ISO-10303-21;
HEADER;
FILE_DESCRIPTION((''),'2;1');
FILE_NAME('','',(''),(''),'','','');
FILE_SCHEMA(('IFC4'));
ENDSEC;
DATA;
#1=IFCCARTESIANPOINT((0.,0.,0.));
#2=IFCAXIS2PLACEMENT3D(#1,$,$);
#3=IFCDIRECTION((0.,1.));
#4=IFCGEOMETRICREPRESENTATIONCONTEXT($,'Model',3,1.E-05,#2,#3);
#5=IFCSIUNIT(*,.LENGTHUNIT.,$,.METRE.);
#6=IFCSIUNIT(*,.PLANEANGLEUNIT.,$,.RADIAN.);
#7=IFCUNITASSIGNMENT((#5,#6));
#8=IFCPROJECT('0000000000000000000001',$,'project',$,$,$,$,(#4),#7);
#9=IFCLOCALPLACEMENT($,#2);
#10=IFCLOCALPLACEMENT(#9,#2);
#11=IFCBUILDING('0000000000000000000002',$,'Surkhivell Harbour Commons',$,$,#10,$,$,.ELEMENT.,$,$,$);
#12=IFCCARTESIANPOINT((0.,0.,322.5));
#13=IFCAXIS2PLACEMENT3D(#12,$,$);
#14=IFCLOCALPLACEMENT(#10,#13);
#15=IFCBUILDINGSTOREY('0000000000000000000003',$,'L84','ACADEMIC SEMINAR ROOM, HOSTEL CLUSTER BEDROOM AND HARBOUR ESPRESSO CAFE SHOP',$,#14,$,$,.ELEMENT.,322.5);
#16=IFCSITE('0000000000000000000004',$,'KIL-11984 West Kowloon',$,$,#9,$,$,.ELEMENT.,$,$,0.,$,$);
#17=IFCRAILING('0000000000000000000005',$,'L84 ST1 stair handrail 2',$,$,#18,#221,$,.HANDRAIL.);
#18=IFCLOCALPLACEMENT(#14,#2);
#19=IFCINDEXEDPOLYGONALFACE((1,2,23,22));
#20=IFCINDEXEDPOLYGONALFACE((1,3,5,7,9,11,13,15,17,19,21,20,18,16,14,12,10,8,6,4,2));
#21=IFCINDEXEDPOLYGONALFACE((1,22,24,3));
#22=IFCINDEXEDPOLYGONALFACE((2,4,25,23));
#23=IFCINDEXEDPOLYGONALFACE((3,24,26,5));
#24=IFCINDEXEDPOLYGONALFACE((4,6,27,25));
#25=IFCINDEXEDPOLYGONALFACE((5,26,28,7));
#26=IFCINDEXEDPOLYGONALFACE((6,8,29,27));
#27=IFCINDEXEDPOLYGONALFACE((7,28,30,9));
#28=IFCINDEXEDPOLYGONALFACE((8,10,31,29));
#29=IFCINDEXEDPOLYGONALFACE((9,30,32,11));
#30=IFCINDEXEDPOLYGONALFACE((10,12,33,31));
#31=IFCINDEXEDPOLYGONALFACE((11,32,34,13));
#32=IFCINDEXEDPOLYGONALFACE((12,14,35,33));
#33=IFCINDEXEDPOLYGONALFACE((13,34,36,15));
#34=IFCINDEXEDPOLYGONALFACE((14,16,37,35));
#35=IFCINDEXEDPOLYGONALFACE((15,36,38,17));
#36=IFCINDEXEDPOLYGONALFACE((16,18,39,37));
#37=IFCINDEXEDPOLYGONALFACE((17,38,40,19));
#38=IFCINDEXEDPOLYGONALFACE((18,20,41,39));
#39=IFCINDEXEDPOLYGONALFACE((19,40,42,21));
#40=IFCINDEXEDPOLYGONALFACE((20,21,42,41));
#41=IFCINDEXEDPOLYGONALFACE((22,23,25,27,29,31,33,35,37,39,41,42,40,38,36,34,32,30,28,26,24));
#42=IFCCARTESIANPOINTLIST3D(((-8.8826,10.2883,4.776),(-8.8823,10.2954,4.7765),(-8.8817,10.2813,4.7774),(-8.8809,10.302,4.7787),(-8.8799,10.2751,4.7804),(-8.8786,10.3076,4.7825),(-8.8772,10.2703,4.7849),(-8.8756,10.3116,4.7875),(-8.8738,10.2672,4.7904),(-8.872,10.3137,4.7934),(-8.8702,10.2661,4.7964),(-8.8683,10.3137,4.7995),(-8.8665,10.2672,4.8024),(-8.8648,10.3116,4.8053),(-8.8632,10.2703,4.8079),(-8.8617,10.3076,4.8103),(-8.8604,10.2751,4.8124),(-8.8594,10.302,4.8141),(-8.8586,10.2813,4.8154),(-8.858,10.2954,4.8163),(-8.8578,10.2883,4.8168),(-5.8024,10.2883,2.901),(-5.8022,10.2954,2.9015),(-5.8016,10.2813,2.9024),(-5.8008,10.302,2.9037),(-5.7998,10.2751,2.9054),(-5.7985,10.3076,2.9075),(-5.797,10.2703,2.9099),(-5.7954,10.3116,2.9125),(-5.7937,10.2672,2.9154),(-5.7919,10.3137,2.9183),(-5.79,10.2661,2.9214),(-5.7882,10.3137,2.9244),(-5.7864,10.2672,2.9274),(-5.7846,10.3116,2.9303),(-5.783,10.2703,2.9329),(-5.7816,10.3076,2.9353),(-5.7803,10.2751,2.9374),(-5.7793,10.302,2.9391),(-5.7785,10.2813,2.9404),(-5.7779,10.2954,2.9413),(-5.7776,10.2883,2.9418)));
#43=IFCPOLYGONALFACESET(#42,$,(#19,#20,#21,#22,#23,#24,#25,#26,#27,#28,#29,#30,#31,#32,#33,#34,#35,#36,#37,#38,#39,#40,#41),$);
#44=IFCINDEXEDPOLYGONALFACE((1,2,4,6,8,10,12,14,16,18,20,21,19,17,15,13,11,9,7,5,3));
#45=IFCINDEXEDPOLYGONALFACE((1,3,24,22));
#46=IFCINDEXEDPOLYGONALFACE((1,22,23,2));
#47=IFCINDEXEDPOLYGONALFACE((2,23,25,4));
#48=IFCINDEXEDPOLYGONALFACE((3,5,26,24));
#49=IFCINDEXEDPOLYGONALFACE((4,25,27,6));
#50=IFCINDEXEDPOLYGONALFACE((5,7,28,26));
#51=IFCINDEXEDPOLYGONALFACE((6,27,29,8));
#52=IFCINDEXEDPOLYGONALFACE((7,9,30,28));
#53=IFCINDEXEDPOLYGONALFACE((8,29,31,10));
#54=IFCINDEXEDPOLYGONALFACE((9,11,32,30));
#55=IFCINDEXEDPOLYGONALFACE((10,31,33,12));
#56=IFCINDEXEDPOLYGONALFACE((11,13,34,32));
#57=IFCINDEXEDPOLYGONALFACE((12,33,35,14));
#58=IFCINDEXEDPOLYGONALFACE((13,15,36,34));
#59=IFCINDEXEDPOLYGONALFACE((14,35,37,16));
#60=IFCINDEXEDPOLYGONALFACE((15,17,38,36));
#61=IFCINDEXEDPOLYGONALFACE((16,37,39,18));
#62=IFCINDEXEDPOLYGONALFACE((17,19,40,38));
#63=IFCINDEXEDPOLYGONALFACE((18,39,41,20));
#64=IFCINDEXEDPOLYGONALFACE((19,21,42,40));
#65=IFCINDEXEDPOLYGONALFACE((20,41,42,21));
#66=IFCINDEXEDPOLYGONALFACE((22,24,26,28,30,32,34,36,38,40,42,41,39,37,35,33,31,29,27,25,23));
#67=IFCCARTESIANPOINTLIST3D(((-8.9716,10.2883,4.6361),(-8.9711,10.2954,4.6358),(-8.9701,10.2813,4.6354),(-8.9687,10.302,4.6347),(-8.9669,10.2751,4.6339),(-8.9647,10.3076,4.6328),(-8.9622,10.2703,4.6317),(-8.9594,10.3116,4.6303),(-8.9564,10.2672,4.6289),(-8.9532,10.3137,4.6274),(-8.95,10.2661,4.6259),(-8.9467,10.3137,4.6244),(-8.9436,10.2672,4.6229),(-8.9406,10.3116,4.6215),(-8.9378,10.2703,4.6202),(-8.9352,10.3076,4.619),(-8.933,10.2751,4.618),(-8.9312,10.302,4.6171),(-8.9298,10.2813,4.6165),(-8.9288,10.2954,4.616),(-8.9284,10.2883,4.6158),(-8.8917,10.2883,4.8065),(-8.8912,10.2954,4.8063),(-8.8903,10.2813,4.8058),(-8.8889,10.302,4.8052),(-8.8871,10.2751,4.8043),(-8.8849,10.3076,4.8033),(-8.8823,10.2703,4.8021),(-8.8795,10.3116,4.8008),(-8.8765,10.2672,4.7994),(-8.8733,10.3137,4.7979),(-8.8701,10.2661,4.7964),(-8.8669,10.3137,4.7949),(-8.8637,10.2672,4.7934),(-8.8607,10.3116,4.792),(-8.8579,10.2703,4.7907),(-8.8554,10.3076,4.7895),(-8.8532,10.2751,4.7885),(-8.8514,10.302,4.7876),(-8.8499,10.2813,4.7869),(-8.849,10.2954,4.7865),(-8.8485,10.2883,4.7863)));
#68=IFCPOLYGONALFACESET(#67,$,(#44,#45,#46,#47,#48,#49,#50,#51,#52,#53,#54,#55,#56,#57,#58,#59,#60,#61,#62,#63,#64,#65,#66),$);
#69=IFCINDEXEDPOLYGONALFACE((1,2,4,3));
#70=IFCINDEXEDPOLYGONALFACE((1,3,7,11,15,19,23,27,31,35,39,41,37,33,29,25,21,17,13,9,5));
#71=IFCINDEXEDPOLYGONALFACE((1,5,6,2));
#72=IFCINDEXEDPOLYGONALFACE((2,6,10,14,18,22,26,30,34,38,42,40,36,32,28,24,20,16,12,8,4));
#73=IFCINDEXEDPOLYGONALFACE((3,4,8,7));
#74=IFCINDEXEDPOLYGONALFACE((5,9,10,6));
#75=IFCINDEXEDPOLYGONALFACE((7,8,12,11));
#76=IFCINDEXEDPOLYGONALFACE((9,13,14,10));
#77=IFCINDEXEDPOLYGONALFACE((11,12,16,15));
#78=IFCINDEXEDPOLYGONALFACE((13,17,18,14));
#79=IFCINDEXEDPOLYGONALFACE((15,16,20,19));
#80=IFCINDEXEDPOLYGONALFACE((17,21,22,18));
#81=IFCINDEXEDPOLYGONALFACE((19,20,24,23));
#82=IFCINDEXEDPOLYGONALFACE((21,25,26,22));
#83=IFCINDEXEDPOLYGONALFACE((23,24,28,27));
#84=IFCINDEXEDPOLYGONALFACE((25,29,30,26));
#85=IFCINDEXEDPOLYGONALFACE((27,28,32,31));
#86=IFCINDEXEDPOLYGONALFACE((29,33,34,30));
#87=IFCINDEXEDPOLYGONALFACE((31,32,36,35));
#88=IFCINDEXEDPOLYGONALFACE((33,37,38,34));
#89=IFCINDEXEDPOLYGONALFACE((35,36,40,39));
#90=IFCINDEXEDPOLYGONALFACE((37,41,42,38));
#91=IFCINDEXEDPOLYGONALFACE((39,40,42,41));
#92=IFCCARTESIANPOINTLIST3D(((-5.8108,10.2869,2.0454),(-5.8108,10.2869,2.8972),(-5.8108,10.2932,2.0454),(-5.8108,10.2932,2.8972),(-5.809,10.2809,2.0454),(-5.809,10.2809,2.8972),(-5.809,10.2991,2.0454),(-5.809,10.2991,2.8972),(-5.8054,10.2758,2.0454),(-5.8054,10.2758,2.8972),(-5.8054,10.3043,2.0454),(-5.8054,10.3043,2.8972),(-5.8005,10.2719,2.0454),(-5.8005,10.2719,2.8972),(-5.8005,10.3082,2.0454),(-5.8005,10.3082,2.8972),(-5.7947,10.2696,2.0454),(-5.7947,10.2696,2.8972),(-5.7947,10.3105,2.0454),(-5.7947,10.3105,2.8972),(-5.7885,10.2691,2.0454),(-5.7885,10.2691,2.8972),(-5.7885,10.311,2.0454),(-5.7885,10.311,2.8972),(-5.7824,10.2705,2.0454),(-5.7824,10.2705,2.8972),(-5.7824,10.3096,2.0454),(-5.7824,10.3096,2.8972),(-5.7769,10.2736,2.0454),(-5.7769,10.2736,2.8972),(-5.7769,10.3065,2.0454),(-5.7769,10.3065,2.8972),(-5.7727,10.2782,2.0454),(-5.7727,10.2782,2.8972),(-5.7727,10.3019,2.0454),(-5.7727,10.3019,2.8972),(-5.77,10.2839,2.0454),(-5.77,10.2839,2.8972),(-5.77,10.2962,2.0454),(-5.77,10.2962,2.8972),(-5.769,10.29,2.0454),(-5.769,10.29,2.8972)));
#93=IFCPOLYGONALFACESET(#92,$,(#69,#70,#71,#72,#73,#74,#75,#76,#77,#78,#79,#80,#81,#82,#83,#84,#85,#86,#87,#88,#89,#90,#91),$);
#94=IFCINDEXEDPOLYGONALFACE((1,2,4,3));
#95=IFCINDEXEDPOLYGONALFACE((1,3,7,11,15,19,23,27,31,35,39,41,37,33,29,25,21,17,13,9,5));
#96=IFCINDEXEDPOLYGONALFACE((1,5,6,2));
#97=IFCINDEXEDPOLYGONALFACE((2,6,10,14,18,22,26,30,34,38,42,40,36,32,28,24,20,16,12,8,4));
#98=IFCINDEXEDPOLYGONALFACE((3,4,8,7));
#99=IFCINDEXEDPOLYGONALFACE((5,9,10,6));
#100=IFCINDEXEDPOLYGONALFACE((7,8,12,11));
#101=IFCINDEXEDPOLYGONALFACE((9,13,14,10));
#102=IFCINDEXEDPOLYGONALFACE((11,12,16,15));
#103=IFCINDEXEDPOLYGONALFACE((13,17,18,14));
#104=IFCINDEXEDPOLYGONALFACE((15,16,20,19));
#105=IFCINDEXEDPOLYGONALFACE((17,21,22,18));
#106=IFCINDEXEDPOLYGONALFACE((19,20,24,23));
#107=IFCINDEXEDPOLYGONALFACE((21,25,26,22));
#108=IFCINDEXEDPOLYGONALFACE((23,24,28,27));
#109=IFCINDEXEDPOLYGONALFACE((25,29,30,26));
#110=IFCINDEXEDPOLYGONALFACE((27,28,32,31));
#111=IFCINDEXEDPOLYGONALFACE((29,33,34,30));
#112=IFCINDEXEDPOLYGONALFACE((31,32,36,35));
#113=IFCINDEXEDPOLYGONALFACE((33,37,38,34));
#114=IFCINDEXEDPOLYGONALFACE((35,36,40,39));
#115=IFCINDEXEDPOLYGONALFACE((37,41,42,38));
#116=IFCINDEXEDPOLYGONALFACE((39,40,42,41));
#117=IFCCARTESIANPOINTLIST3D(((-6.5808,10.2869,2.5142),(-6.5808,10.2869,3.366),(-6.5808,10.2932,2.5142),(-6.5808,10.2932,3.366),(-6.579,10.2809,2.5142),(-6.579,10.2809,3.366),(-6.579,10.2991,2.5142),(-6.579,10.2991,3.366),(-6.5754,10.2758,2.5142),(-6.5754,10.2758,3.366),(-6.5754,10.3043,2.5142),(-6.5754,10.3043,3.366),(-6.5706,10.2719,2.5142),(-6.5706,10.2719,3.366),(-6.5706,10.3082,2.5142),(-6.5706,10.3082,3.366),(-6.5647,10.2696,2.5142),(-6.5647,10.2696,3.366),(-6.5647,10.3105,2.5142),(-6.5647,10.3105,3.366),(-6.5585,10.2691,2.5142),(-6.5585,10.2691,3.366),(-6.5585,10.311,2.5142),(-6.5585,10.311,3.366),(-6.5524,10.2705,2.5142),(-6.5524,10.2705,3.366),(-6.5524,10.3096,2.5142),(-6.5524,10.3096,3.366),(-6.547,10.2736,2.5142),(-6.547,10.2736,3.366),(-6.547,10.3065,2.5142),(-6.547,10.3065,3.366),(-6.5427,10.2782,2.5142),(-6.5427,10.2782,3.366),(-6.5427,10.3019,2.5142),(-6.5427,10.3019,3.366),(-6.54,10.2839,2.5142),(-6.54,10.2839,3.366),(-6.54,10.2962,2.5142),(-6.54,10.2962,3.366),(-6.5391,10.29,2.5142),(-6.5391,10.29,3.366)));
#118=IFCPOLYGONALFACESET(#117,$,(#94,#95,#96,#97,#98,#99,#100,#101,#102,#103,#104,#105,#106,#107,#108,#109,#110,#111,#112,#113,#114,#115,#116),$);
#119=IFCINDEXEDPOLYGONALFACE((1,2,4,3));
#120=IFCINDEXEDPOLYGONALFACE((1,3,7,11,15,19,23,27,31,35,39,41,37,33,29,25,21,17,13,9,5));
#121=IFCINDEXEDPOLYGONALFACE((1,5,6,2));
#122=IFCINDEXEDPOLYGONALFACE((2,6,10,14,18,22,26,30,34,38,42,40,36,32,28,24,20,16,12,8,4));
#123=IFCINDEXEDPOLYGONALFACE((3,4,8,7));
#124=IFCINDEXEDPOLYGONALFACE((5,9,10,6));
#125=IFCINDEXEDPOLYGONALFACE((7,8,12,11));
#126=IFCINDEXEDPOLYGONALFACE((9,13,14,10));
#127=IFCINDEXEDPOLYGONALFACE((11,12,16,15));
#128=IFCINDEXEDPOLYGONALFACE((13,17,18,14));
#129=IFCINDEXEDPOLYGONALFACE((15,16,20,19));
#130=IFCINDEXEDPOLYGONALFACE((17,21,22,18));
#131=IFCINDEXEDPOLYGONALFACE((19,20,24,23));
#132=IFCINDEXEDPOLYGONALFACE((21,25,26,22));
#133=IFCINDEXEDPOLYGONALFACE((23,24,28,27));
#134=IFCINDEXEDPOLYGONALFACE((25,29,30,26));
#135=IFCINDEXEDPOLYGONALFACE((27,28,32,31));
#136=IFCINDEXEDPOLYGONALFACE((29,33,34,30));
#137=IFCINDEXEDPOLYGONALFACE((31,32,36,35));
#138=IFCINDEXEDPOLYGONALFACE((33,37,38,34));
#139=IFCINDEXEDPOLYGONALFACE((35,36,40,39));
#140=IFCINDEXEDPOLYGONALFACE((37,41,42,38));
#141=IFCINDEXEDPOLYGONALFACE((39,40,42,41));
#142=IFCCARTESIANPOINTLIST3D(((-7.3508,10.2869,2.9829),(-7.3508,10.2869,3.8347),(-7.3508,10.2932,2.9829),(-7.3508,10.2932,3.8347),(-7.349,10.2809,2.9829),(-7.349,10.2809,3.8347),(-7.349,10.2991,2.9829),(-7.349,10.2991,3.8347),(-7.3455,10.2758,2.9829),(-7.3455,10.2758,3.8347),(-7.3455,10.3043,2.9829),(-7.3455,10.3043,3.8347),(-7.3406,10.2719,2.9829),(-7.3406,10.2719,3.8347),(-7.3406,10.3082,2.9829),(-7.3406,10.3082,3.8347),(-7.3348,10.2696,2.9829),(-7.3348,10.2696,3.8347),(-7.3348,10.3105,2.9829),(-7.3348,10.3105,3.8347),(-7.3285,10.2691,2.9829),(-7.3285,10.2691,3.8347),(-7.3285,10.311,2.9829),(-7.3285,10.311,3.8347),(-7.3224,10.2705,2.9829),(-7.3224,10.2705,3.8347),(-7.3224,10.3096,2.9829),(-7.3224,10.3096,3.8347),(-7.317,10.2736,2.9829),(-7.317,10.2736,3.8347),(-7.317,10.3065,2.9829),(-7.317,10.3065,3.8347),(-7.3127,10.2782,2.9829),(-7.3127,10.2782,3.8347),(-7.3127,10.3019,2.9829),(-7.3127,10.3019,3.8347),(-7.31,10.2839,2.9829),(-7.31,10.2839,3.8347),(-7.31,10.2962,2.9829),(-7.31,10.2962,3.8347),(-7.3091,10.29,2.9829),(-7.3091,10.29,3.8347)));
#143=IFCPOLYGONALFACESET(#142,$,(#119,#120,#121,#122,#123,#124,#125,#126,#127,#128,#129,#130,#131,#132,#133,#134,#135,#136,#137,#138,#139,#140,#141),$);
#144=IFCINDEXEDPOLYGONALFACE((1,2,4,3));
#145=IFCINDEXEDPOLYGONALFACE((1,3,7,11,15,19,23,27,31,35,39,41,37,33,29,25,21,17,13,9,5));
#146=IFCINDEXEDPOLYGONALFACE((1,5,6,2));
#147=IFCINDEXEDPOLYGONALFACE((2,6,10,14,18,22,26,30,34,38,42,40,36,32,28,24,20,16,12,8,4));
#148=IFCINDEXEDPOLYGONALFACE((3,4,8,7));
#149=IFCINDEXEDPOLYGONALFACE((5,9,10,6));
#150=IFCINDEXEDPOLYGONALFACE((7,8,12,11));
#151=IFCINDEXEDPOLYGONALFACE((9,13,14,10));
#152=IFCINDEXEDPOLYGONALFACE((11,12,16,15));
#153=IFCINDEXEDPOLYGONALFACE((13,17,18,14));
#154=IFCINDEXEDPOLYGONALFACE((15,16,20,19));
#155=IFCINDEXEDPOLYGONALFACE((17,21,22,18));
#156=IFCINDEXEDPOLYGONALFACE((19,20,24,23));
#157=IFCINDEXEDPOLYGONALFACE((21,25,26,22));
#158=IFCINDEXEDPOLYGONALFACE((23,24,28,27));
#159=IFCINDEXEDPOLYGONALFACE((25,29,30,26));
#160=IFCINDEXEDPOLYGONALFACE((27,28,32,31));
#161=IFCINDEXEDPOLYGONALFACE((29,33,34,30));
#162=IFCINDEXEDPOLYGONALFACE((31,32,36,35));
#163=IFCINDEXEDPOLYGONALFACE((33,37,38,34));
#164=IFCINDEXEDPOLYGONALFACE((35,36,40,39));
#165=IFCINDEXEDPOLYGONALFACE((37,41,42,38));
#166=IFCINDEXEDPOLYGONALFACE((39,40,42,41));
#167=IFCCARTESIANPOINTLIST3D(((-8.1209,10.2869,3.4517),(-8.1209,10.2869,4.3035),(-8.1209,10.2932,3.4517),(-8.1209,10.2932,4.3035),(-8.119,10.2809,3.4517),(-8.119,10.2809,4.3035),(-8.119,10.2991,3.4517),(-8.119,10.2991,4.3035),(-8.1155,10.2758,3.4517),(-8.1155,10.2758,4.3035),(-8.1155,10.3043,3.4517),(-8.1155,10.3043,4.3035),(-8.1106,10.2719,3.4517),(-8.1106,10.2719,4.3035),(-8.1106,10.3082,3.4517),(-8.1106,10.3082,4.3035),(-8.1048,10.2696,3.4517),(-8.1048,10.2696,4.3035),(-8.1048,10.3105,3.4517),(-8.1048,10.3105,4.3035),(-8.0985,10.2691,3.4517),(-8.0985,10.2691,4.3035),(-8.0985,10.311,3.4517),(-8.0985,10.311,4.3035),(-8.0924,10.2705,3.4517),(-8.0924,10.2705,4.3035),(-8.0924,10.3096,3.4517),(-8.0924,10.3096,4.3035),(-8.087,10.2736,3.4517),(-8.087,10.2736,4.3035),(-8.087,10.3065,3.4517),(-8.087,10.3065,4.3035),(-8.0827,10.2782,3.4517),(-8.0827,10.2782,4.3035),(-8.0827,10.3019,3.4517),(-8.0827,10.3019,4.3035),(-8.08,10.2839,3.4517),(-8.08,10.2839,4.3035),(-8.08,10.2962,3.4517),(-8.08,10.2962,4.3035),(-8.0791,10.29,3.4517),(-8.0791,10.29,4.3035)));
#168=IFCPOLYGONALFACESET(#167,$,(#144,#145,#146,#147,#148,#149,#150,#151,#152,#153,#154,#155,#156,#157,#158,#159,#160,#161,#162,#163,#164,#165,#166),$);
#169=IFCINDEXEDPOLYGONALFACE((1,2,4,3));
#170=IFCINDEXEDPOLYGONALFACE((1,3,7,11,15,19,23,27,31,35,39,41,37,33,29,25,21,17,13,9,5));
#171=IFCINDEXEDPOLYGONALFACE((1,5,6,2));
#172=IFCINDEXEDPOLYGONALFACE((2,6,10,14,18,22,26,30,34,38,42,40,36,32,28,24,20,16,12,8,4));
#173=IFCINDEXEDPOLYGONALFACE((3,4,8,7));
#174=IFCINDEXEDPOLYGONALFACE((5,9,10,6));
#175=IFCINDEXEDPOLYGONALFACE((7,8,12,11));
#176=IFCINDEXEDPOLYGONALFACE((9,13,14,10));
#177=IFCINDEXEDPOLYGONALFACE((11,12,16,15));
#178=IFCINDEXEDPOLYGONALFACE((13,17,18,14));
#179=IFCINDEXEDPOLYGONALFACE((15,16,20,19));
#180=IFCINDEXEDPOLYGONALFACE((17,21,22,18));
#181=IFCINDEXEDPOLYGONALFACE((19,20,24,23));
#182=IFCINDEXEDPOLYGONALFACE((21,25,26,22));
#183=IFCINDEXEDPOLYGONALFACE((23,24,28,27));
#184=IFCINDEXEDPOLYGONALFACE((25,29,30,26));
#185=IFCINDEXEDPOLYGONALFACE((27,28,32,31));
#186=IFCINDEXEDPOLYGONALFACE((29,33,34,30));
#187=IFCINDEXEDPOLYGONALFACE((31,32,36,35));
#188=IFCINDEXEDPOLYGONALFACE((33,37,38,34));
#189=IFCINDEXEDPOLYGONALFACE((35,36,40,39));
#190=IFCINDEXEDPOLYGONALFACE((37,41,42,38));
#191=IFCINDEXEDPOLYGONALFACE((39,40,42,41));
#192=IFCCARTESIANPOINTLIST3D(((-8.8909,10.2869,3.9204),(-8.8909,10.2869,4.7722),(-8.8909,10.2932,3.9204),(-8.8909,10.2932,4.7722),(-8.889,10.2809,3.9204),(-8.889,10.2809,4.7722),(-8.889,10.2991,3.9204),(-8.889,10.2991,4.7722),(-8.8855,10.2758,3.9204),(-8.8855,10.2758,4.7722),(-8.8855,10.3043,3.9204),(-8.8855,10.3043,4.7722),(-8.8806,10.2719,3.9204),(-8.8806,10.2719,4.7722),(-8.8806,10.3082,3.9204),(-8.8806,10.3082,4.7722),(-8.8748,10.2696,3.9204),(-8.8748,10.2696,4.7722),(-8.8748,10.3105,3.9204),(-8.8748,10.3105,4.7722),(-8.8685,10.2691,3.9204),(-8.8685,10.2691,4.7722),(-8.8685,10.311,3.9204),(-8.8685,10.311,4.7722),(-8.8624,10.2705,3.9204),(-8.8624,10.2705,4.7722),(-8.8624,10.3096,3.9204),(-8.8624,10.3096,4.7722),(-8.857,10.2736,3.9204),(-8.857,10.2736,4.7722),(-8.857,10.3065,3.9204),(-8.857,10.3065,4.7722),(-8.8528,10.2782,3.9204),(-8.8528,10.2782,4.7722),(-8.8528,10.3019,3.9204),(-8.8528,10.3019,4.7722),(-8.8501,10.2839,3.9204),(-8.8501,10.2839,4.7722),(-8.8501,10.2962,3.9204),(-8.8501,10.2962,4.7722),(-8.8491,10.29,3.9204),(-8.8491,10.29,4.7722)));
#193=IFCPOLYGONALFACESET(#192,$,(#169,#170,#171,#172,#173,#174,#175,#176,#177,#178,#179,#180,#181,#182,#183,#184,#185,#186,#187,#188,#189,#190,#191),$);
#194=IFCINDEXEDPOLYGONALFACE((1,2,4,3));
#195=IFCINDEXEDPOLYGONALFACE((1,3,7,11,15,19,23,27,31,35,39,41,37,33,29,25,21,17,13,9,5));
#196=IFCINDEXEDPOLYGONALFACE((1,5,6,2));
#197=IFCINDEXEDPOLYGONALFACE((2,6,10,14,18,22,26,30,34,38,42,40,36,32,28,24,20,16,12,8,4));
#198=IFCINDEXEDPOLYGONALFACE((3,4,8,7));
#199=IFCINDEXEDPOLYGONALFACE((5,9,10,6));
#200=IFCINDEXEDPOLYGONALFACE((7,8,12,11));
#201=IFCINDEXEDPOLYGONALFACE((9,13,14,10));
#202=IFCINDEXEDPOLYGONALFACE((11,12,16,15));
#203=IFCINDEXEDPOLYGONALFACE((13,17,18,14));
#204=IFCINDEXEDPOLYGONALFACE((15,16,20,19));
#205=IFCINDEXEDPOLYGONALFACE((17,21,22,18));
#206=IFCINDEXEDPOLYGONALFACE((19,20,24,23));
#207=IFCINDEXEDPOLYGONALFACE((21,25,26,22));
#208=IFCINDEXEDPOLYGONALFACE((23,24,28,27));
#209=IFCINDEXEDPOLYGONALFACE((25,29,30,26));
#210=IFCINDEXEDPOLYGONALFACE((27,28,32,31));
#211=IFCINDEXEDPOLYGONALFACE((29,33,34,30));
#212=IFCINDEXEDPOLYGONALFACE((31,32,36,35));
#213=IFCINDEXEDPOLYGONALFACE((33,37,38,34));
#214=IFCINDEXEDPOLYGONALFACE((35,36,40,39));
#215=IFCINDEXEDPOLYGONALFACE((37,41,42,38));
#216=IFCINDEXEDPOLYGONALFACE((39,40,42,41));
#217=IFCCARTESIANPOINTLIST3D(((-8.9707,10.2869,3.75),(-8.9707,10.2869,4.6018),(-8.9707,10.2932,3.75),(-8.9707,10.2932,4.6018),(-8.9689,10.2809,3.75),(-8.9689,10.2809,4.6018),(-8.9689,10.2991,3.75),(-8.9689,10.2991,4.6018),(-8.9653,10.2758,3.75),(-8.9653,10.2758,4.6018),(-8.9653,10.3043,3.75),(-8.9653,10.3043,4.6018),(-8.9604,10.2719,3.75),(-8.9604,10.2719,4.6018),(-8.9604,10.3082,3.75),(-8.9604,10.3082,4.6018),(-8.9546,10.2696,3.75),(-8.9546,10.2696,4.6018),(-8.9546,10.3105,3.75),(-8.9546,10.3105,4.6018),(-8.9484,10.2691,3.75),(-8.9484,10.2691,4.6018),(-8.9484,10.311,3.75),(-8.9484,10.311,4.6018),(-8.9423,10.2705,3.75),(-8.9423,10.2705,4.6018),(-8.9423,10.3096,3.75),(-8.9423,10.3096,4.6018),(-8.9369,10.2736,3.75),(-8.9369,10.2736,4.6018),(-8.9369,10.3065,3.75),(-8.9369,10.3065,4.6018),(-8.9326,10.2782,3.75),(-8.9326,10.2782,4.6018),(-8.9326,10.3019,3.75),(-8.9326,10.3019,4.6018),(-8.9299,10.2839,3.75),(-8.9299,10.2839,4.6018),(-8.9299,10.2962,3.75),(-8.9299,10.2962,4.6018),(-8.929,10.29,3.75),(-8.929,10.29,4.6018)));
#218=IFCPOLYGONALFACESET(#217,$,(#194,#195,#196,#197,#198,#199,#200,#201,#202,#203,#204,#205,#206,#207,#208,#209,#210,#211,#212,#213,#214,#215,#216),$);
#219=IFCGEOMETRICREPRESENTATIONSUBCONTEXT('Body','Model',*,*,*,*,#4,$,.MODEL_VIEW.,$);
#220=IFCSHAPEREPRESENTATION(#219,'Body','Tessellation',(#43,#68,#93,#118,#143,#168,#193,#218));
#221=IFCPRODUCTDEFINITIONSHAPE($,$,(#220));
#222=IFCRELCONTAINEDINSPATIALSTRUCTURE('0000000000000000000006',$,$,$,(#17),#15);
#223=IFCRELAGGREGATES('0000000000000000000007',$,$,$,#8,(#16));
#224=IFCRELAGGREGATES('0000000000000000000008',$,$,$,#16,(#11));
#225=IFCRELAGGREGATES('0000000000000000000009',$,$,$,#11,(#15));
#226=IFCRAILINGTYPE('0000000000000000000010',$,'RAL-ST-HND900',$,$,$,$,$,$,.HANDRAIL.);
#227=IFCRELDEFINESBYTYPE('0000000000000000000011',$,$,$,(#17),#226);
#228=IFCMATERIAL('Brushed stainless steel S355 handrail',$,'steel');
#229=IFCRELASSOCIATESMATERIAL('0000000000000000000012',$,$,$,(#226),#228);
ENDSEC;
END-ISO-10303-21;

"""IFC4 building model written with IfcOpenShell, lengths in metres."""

from ifc_helpers import new_model, si_unit, direction, frame, origin, origin_2d, place, context, subcontext, project, spatial, circle, extrude, material, type_object, element, save


model = new_model("IFC4")

# Units and contexts
model_context = context("Model", 3, precision=1e-05, world=origin(), true_north=direction((0.0, 1.0)))
body_context = subcontext(model_context, "Body", "Model", "MODEL_VIEW")
ifc_project = project(units=[si_unit("LENGTHUNIT", "METRE"), si_unit("PLANEANGLEUNIT", "RADIAN")], contexts=[model_context])

# Site, building, storey
site_placement = place(None, origin())
site = spatial("IfcSite", under=ifc_project, at=site_placement, Name="KIL-11984 West Kowloon", CompositionType="ELEMENT", RefElevation=0.0)
building_placement = place(site_placement, origin())
building = spatial("IfcBuilding", under=site, at=building_placement, Name="Surkhivell Harbour Commons", CompositionType="ELEMENT")
storey_placement = place(building_placement, frame((0.0, 0.0, 322.5)))
storey = spatial("IfcBuildingStorey", under=building, at=storey_placement, Name="L84", Description="ACADEMIC SEMINAR ROOM, HOSTEL CLUSTER BEDROOM AND HARBOUR ESPRESSO CAFE SHOP", CompositionType="ELEMENT", Elevation=322.5)

# Railing
ifc_material_1 = material(Name="Brushed stainless steel S355 handrail", Category="steel")
railing_type_1 = type_object("IfcRailingType", Name="RAL-ST-HND900", PredefinedType="HANDRAIL", material=ifc_material_1)
railing_1_placement = place(storey_placement, frame((-5.79, 10.29, 2.0454)))
element("IfcRailing", 1, at=railing_1_placement, inside=storey, type_object=railing_type_1, Name="L84 ST1 stair handrail 2", PredefinedType="HANDRAIL", context=body_context, shape_type="SweptSolid", body=[
    extrude(circle(Radius=0.0239, at=origin_2d()), frame((0.0, 0.0, 0.876), z_axis=(-0.854178, 0.0, 0.519981), x_axis=(0.0, -1.0, 0.0)), (0.0, 0.0, 1.0), 3.606),
    extrude(circle(Radius=0.0239, at=origin_2d()), frame((-3.0801, 0.0, 2.751), z_axis=(-0.424234, 0.0, -0.905552), x_axis=(0.0, -1.0, 0.0)), (0.0, 0.0, 1.0), 0.1882),
    extrude(circle(Radius=0.021, at=origin_2d()), origin(), (0.0, 0.0, 1.0), 0.8518),
    extrude(circle(Radius=0.021, at=origin_2d()), frame((-0.77, 0.0, 0.4688)), (0.0, 0.0, 1.0), 0.8518),
    extrude(circle(Radius=0.021, at=origin_2d()), frame((-1.54, 0.0, 0.9375)), (0.0, 0.0, 1.0), 0.8518),
    extrude(circle(Radius=0.021, at=origin_2d()), frame((-2.3101, 0.0, 1.4062)), (0.0, 0.0, 1.0), 0.8518),
    extrude(circle(Radius=0.021, at=origin_2d()), frame((-3.0801, 0.0, 1.875)), (0.0, 0.0, 1.0), 0.8518),
    extrude(circle(Radius=0.021, at=origin_2d()), frame((-3.1599, 0.0, 1.7046)), (0.0, 0.0, 1.0), 0.8518),
])

save(model, "model.ifc")
